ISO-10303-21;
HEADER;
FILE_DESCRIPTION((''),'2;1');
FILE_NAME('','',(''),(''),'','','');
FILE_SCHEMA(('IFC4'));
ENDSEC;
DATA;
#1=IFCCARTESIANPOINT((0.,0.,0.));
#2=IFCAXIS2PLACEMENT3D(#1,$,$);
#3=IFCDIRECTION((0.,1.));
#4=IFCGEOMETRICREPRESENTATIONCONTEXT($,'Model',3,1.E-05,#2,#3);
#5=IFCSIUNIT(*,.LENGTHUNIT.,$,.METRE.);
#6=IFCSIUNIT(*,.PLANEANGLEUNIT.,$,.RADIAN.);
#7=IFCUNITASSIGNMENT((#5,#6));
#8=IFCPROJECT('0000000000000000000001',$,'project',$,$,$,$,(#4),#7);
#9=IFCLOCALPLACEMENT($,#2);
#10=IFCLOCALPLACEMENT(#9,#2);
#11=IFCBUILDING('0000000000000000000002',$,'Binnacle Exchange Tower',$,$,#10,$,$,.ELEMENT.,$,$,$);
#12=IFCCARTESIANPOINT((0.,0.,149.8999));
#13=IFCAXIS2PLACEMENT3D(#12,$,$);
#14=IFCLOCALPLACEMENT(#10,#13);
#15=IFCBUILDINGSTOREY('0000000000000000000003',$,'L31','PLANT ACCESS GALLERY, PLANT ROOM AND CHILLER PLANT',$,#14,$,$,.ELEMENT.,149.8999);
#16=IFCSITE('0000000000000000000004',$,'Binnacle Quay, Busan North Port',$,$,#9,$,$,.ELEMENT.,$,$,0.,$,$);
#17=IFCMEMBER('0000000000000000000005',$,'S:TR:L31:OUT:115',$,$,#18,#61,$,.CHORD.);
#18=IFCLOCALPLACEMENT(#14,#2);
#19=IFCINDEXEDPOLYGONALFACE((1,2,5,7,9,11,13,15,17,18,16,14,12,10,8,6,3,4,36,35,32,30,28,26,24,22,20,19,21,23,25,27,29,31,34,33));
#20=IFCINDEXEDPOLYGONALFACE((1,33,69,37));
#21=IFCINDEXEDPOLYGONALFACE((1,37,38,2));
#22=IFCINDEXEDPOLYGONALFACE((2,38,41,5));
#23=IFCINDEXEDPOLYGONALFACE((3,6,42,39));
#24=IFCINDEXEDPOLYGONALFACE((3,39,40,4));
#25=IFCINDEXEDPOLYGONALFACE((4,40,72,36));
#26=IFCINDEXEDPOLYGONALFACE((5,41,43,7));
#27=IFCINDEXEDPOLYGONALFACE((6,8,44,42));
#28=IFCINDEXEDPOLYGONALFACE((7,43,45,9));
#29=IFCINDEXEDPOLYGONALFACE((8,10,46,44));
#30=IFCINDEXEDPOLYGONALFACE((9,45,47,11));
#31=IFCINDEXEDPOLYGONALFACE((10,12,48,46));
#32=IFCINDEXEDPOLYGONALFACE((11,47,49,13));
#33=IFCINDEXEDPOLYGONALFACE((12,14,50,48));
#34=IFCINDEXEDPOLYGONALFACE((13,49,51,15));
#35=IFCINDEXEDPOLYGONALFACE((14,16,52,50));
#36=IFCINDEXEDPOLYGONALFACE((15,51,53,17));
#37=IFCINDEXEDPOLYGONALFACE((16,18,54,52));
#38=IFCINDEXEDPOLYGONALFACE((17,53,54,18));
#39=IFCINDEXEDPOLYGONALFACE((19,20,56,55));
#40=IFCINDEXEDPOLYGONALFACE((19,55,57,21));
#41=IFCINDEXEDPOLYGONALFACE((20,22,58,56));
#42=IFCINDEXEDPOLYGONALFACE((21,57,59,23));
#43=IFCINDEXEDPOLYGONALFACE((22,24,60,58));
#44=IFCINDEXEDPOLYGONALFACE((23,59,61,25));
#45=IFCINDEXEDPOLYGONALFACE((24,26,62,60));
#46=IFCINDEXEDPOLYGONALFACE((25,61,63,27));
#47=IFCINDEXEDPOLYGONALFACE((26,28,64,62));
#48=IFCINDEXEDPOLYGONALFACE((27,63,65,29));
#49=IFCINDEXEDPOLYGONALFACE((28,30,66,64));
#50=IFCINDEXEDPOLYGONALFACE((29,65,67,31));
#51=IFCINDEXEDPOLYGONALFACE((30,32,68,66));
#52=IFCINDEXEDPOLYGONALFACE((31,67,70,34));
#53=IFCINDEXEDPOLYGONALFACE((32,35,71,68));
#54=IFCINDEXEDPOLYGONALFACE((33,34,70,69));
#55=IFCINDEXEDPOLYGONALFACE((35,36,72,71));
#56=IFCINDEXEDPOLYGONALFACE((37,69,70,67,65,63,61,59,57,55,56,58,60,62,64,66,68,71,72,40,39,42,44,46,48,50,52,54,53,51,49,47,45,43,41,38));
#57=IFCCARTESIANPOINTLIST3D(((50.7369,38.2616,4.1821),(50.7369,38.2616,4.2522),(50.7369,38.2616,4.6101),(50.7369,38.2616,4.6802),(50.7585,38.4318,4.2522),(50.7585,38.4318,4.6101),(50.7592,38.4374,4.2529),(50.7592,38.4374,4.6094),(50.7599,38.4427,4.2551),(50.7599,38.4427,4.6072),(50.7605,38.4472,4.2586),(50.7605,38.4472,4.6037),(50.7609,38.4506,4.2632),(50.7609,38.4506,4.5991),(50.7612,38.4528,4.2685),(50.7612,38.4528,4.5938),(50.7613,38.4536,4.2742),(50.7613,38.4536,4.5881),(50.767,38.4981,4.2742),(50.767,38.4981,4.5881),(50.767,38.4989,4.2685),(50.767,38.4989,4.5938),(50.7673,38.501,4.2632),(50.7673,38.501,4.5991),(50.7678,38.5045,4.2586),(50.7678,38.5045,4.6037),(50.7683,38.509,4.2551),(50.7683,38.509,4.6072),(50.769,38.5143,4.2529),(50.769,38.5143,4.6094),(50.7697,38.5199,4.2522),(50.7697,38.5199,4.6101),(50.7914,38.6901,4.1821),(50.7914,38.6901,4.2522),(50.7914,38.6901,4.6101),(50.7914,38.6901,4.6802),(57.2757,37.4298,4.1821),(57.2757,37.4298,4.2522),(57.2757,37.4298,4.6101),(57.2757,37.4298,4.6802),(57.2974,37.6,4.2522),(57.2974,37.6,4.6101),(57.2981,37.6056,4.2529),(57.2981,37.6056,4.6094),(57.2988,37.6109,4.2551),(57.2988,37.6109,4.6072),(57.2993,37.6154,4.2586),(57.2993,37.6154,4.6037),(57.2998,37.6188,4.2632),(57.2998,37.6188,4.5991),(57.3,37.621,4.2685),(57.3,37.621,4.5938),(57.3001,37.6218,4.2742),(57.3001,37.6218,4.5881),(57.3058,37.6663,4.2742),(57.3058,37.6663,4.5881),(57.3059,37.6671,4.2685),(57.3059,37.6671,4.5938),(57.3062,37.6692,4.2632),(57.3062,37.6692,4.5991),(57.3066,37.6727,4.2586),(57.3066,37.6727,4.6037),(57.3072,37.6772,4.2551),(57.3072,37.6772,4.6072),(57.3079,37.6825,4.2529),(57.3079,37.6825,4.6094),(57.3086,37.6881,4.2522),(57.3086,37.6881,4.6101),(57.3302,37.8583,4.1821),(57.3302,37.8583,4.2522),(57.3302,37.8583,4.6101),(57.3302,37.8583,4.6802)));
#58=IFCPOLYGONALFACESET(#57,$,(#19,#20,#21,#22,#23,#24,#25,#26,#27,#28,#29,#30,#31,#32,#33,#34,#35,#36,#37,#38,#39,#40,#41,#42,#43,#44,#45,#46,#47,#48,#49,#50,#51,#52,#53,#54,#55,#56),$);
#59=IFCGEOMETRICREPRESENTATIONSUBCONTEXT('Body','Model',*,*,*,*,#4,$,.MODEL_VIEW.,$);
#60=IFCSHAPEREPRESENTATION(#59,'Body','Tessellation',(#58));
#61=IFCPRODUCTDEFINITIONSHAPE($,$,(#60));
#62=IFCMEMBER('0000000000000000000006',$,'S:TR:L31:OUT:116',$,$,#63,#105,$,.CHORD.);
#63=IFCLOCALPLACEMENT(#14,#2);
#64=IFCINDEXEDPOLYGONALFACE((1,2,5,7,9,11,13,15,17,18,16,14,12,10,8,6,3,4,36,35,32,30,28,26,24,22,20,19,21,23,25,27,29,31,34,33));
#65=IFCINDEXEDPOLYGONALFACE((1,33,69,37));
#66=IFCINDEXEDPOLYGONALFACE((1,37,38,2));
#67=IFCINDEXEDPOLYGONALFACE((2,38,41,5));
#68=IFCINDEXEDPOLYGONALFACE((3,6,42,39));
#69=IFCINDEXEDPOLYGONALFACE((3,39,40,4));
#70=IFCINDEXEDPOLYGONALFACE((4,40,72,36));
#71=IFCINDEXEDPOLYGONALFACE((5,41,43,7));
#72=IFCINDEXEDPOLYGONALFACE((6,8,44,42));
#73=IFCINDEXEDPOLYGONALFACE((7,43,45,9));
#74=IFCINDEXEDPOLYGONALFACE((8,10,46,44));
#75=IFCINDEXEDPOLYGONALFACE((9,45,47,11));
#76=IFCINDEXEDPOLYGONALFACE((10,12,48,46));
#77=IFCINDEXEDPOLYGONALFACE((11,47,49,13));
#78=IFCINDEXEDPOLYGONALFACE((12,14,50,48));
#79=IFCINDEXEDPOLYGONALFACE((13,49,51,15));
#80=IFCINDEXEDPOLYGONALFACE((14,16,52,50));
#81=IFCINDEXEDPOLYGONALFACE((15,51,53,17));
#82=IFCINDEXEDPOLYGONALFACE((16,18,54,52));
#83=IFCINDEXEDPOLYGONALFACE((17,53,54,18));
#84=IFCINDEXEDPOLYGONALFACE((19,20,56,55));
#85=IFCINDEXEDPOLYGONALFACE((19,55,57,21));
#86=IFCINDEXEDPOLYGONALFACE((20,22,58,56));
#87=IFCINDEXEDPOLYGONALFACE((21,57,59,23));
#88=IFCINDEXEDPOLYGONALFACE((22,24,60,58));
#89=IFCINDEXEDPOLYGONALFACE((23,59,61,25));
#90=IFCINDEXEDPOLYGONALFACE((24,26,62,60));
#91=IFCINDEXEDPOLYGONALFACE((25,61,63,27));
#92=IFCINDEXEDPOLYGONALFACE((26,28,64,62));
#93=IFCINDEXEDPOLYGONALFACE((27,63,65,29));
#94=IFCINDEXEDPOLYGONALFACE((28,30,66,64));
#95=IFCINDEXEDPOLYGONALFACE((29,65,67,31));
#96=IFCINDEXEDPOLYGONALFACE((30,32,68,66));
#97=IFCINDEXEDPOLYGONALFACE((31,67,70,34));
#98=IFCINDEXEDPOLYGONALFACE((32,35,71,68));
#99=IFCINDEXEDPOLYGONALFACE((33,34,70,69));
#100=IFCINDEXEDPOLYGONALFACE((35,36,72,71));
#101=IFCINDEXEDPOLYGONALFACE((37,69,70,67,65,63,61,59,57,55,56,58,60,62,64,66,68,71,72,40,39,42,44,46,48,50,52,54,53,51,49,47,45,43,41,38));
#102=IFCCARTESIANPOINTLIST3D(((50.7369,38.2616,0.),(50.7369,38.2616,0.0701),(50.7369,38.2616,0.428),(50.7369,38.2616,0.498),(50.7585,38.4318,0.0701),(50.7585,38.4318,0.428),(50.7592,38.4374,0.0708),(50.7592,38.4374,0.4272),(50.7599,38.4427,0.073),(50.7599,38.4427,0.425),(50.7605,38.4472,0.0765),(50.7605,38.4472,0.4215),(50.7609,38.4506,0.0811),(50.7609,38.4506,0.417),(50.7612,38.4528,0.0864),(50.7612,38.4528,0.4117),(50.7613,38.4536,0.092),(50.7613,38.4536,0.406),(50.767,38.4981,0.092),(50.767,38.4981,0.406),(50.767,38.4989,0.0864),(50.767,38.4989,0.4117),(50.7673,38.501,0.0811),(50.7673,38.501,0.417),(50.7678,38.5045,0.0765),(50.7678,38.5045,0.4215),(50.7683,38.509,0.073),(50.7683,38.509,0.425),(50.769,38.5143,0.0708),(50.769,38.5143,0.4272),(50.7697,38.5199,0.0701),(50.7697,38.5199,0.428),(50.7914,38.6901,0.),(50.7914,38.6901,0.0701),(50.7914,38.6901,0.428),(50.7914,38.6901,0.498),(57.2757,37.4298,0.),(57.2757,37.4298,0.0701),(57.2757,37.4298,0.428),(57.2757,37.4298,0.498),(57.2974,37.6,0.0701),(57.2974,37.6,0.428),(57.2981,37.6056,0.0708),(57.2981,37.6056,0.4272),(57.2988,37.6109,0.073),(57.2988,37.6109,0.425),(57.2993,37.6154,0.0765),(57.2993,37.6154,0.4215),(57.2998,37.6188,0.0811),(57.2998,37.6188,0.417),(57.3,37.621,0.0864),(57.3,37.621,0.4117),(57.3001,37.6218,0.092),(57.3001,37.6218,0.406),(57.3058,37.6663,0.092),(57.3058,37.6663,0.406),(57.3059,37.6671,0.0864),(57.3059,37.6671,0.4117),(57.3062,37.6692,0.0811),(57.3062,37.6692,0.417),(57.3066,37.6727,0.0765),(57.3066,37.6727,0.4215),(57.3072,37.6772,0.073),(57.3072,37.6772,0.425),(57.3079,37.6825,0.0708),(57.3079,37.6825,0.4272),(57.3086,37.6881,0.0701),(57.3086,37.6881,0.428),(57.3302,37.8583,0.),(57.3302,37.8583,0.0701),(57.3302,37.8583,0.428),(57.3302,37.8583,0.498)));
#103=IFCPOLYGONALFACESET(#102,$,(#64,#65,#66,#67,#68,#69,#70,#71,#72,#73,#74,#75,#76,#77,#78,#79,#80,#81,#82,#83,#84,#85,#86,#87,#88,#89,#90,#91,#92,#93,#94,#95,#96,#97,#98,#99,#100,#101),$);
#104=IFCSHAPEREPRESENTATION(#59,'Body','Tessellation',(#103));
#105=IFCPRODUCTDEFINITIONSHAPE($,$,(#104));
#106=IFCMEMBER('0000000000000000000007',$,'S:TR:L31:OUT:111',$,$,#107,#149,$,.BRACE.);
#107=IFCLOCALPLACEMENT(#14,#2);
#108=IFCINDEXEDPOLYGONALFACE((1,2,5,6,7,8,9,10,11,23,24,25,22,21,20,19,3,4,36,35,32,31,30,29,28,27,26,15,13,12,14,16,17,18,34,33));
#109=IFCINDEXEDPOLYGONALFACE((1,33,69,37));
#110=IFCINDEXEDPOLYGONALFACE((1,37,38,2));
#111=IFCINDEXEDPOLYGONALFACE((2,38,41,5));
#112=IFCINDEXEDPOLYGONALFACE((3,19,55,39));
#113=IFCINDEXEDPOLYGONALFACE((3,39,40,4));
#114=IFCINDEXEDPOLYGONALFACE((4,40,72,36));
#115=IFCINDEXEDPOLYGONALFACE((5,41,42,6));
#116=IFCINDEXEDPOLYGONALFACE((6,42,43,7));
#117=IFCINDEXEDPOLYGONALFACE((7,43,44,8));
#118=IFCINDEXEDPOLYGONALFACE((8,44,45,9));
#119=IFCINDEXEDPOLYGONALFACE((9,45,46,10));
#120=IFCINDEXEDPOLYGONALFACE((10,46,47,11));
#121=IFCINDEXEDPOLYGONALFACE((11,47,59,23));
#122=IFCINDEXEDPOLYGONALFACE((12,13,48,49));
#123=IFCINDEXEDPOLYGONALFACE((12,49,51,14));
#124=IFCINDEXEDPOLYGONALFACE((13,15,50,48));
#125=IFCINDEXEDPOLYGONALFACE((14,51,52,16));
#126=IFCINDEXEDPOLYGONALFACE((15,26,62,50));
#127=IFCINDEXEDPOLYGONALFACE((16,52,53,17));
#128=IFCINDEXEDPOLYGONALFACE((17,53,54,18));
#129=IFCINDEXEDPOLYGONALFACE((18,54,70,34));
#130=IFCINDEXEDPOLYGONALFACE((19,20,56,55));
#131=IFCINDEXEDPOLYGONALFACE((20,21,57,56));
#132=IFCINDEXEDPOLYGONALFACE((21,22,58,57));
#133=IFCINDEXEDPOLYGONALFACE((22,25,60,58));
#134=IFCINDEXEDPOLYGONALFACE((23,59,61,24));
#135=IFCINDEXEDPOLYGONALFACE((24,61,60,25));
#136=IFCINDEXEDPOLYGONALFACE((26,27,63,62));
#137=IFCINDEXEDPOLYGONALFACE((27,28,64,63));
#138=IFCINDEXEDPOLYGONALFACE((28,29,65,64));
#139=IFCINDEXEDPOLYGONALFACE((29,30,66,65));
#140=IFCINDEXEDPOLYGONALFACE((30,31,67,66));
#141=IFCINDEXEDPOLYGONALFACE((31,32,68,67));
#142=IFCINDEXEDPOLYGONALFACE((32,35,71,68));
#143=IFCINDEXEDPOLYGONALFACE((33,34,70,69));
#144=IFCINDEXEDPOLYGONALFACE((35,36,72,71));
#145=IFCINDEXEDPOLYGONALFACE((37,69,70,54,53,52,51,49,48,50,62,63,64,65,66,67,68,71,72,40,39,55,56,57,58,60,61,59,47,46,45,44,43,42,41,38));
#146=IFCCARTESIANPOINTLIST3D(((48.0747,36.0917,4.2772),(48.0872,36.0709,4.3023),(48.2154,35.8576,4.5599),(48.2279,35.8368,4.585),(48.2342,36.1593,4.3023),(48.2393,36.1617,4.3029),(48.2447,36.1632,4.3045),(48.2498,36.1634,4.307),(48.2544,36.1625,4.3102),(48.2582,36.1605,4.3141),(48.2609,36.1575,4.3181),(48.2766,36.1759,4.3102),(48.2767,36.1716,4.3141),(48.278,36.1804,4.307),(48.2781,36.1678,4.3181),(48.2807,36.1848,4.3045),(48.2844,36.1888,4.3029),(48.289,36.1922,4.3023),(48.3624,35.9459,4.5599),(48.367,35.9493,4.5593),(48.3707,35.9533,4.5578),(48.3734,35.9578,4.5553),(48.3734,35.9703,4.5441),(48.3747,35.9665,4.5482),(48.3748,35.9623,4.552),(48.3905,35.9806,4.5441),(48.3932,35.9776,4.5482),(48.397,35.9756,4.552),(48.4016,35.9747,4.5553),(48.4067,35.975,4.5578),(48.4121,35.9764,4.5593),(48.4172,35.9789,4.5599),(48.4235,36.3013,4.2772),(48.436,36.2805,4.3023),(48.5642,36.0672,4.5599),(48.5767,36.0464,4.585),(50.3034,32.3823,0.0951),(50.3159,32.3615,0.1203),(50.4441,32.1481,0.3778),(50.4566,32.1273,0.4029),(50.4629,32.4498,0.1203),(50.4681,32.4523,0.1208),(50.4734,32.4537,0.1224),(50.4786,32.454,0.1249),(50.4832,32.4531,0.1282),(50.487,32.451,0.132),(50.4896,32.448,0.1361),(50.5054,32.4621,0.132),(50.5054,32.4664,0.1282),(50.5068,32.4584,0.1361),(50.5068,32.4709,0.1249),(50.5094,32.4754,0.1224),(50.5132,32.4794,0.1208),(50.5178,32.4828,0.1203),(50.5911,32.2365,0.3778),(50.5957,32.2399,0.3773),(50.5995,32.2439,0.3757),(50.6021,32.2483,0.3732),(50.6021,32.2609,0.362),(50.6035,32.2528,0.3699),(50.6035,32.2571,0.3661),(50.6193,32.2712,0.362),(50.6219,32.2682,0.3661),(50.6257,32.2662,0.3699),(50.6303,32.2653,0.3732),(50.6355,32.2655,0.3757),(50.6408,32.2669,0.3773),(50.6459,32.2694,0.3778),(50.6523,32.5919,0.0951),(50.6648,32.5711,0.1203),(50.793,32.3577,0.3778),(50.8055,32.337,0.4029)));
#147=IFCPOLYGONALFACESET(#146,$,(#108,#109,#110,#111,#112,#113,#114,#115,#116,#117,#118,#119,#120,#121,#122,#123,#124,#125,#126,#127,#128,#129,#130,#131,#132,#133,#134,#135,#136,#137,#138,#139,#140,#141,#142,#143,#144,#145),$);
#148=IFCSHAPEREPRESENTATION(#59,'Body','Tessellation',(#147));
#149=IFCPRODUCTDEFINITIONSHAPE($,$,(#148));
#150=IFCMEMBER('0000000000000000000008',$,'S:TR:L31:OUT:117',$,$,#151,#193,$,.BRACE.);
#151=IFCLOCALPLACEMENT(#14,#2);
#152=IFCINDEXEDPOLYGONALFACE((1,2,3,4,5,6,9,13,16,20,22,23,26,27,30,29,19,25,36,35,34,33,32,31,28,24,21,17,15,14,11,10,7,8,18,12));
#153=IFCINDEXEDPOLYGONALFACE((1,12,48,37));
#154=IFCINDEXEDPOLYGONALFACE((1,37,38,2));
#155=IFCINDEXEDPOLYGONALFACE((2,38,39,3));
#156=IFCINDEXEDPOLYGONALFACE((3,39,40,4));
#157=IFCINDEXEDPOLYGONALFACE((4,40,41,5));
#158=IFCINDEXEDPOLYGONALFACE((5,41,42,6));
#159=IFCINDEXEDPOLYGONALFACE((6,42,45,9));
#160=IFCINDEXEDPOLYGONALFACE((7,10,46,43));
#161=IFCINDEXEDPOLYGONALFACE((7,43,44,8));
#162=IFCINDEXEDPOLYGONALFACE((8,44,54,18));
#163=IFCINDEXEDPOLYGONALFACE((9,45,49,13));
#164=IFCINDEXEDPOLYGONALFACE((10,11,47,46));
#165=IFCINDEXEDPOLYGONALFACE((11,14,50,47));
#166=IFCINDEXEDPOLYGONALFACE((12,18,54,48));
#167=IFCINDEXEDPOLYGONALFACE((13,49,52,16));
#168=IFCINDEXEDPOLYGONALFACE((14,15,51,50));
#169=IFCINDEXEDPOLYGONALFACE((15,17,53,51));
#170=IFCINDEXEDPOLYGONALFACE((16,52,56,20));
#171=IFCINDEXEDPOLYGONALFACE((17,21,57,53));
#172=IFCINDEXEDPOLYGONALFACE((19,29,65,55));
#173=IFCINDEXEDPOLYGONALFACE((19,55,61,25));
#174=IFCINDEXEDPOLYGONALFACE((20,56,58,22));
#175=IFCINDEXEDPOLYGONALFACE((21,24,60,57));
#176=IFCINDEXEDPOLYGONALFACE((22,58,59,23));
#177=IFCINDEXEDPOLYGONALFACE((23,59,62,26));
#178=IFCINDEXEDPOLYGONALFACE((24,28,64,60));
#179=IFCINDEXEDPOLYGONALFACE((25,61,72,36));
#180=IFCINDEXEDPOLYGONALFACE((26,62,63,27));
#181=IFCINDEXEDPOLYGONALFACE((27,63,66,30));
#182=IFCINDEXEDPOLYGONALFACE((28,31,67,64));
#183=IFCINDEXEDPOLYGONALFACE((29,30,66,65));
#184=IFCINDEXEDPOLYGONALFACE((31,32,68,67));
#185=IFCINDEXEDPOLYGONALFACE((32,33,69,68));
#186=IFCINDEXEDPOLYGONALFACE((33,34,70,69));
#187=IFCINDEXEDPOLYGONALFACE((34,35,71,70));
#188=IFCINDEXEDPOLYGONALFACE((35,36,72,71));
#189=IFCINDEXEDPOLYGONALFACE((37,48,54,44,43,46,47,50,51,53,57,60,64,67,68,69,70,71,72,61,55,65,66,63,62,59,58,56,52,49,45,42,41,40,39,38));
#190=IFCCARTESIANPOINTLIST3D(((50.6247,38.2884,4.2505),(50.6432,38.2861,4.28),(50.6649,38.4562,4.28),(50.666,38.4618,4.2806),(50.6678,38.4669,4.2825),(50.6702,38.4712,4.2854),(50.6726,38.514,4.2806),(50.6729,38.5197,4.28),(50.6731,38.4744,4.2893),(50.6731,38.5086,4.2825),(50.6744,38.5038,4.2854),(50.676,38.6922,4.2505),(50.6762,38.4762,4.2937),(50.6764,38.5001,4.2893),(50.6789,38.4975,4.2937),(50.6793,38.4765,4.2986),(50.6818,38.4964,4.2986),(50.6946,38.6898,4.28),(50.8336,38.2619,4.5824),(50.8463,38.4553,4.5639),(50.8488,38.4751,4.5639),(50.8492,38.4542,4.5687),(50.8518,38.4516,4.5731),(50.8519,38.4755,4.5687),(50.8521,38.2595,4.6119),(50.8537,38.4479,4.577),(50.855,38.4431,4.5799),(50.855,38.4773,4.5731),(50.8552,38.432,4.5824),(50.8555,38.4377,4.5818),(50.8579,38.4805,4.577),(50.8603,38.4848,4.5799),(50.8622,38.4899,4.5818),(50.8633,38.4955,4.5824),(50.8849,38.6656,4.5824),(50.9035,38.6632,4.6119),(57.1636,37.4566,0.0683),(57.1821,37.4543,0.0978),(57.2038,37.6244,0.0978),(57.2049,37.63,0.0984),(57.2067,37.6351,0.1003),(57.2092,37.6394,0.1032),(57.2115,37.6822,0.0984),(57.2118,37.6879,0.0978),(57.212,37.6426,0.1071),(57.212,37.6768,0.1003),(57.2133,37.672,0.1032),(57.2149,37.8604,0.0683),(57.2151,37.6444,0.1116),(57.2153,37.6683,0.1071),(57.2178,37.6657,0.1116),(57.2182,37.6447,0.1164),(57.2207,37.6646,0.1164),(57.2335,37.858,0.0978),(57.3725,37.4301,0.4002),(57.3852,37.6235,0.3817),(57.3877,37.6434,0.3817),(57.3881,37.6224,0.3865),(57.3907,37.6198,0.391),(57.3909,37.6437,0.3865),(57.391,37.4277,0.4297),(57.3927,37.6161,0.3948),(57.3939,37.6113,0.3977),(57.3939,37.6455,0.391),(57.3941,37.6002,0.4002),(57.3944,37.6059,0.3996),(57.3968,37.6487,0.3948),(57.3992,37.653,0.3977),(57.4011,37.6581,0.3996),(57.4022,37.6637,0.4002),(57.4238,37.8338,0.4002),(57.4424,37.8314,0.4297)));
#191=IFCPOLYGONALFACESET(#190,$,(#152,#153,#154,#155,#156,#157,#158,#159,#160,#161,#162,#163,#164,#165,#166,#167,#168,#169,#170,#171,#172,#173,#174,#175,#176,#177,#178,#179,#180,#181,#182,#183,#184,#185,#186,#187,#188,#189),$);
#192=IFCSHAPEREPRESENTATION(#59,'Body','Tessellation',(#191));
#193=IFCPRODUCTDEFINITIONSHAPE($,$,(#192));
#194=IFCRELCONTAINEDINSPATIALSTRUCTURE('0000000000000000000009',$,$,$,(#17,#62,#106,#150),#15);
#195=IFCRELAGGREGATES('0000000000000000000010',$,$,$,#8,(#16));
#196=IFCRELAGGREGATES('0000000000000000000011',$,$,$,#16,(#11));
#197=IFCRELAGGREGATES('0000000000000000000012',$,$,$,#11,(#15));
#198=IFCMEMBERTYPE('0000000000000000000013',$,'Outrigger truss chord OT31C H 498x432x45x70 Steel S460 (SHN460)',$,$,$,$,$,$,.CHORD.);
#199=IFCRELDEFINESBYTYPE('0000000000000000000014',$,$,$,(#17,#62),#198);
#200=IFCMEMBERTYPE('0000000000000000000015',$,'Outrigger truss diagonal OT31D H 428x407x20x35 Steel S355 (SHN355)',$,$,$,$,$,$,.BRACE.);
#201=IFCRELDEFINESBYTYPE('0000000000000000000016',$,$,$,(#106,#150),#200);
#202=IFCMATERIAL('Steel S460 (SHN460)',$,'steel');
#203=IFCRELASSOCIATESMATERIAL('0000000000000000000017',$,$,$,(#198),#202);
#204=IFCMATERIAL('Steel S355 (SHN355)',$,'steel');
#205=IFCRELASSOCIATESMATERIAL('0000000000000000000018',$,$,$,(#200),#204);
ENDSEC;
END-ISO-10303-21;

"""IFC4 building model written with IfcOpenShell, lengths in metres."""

from ifc_helpers import new_model, si_unit, direction, frame, origin, origin_2d, place, context, subcontext, project, spatial, i_section, extrude, material, material_profile, profile_set, type_object, element, save


model = new_model("IFC4")

# Units and contexts
model_context = context("Model", 3, precision=1e-05, world=origin(), true_north=direction((0.0, 1.0)))
body_context = subcontext(model_context, "Body", "Model", "MODEL_VIEW")
ifc_project = project(units=[si_unit("LENGTHUNIT", "METRE"), si_unit("PLANEANGLEUNIT", "RADIAN")], contexts=[model_context])

# Site, building, storey
site_placement = place(None, origin())
site = spatial("IfcSite", under=ifc_project, at=site_placement, Name="Binnacle Quay, Busan North Port", CompositionType="ELEMENT", RefElevation=0.0)
building_placement = place(site_placement, origin())
building = spatial("IfcBuilding", under=site, at=building_placement, Name="Binnacle Exchange Tower", CompositionType="ELEMENT")
storey_placement = place(building_placement, frame((0.0, 0.0, 149.8999)))
storey = spatial("IfcBuildingStorey", under=building, at=storey_placement, Name="L31", Description="PLANT ACCESS GALLERY, PLANT ROOM AND CHILLER PLANT", CompositionType="ELEMENT", Elevation=149.8999)

# Shared definitions
ifc_material_1 = material(Name="Steel S460 (SHN460)", Category="steel")
ifc_material_2 = material(Name="Steel S355 (SHN355)", Category="steel")

# Members
ifc_material_profile_1 = material_profile(ifc_material_1, i_section(OverallWidth=0.4319, OverallDepth=0.498, WebThickness=0.0449, FlangeThickness=0.0701, FilletRadius=0.022, at=origin_2d()), Name="H 498x432x45x70")
ifc_profile_set_1 = profile_set([ifc_material_profile_1], Name="Steel S460 (SHN460)")
member_type_1 = type_object("IfcMemberType", Name="Outrigger truss chord OT31C H 498x432x45x70 Steel S460 (SHN460)", PredefinedType="CHORD", material=ifc_profile_set_1)
for number, where, z_axis, x_axis, name in (
    (1, (57.303, 37.644, 4.4312), (-0.992006, 0.126191, 0.0), (-0.126191, -0.992006, 0.0), "S:TR:L31:OUT:115"),
    (2, (57.303, 37.644, 0.249), (-0.992006, 0.126191, 0.0), (-0.126191, -0.992006, 0.0), "S:TR:L31:OUT:116"),
):
    element("IfcMember", number, at=place(storey_placement, frame(where, z_axis=z_axis, x_axis=x_axis)), inside=storey, type_object=member_type_1, Name=name, PredefinedType="CHORD", context=body_context, shape_type="SweptSolid", body=[
        extrude(i_section(OverallWidth=0.4319, OverallDepth=0.498, WebThickness=0.0449, FlangeThickness=0.0701, FilletRadius=0.022, at=origin_2d()), origin(), (0.0, 0.0, 1.0), 6.5916),
    ])
ifc_material_profile_2 = material_profile(ifc_material_2, i_section(OverallWidth=0.407, OverallDepth=0.428, WebThickness=0.02, FlangeThickness=0.0349, FilletRadius=0.022, at=origin_2d()), Name="H 428x407x20x35")
ifc_profile_set_2 = profile_set([ifc_material_profile_2], Name="Steel S355 (SHN355)")
member_type_2 = type_object("IfcMemberType", Name="Outrigger truss diagonal OT31D H 428x407x20x35 Steel S355 (SHN355)", PredefinedType="BRACE", material=ifc_profile_set_2)
member_1_placement = place(storey_placement, frame((50.5544, 32.3596, 0.249), z_axis=(-0.370342, 0.616384, 0.694923), x_axis=(-0.857179, -0.515018, 0.0)))
element("IfcMember", 3, at=member_1_placement, inside=storey, type_object=member_type_2, Name="S:TR:L31:OUT:111", PredefinedType="BRACE", context=body_context, shape_type="SweptSolid", body=[
    extrude(i_section(OverallWidth=0.407, OverallDepth=0.428, WebThickness=0.02, FlangeThickness=0.0349, FilletRadius=0.022, at=origin_2d()), origin(), (0.0, 0.0, 1.0), 6.0181),
])
member_2_placement = place(storey_placement, frame((57.303, 37.644, 0.249), z_axis=(-0.837634, 0.106553, 0.535738), x_axis=(-0.126191, -0.992006, 0.0)))
element("IfcMember", 4, at=member_2_placement, inside=storey, type_object=member_type_2, Name="S:TR:L31:OUT:117", PredefinedType="BRACE", context=body_context, shape_type="SweptSolid", body=[
    extrude(i_section(OverallWidth=0.407, OverallDepth=0.428, WebThickness=0.02, FlangeThickness=0.0349, FilletRadius=0.022, at=origin_2d()), origin(), (0.0, 0.0, 1.0), 7.8064),
])

save(model, "model.ifc")
